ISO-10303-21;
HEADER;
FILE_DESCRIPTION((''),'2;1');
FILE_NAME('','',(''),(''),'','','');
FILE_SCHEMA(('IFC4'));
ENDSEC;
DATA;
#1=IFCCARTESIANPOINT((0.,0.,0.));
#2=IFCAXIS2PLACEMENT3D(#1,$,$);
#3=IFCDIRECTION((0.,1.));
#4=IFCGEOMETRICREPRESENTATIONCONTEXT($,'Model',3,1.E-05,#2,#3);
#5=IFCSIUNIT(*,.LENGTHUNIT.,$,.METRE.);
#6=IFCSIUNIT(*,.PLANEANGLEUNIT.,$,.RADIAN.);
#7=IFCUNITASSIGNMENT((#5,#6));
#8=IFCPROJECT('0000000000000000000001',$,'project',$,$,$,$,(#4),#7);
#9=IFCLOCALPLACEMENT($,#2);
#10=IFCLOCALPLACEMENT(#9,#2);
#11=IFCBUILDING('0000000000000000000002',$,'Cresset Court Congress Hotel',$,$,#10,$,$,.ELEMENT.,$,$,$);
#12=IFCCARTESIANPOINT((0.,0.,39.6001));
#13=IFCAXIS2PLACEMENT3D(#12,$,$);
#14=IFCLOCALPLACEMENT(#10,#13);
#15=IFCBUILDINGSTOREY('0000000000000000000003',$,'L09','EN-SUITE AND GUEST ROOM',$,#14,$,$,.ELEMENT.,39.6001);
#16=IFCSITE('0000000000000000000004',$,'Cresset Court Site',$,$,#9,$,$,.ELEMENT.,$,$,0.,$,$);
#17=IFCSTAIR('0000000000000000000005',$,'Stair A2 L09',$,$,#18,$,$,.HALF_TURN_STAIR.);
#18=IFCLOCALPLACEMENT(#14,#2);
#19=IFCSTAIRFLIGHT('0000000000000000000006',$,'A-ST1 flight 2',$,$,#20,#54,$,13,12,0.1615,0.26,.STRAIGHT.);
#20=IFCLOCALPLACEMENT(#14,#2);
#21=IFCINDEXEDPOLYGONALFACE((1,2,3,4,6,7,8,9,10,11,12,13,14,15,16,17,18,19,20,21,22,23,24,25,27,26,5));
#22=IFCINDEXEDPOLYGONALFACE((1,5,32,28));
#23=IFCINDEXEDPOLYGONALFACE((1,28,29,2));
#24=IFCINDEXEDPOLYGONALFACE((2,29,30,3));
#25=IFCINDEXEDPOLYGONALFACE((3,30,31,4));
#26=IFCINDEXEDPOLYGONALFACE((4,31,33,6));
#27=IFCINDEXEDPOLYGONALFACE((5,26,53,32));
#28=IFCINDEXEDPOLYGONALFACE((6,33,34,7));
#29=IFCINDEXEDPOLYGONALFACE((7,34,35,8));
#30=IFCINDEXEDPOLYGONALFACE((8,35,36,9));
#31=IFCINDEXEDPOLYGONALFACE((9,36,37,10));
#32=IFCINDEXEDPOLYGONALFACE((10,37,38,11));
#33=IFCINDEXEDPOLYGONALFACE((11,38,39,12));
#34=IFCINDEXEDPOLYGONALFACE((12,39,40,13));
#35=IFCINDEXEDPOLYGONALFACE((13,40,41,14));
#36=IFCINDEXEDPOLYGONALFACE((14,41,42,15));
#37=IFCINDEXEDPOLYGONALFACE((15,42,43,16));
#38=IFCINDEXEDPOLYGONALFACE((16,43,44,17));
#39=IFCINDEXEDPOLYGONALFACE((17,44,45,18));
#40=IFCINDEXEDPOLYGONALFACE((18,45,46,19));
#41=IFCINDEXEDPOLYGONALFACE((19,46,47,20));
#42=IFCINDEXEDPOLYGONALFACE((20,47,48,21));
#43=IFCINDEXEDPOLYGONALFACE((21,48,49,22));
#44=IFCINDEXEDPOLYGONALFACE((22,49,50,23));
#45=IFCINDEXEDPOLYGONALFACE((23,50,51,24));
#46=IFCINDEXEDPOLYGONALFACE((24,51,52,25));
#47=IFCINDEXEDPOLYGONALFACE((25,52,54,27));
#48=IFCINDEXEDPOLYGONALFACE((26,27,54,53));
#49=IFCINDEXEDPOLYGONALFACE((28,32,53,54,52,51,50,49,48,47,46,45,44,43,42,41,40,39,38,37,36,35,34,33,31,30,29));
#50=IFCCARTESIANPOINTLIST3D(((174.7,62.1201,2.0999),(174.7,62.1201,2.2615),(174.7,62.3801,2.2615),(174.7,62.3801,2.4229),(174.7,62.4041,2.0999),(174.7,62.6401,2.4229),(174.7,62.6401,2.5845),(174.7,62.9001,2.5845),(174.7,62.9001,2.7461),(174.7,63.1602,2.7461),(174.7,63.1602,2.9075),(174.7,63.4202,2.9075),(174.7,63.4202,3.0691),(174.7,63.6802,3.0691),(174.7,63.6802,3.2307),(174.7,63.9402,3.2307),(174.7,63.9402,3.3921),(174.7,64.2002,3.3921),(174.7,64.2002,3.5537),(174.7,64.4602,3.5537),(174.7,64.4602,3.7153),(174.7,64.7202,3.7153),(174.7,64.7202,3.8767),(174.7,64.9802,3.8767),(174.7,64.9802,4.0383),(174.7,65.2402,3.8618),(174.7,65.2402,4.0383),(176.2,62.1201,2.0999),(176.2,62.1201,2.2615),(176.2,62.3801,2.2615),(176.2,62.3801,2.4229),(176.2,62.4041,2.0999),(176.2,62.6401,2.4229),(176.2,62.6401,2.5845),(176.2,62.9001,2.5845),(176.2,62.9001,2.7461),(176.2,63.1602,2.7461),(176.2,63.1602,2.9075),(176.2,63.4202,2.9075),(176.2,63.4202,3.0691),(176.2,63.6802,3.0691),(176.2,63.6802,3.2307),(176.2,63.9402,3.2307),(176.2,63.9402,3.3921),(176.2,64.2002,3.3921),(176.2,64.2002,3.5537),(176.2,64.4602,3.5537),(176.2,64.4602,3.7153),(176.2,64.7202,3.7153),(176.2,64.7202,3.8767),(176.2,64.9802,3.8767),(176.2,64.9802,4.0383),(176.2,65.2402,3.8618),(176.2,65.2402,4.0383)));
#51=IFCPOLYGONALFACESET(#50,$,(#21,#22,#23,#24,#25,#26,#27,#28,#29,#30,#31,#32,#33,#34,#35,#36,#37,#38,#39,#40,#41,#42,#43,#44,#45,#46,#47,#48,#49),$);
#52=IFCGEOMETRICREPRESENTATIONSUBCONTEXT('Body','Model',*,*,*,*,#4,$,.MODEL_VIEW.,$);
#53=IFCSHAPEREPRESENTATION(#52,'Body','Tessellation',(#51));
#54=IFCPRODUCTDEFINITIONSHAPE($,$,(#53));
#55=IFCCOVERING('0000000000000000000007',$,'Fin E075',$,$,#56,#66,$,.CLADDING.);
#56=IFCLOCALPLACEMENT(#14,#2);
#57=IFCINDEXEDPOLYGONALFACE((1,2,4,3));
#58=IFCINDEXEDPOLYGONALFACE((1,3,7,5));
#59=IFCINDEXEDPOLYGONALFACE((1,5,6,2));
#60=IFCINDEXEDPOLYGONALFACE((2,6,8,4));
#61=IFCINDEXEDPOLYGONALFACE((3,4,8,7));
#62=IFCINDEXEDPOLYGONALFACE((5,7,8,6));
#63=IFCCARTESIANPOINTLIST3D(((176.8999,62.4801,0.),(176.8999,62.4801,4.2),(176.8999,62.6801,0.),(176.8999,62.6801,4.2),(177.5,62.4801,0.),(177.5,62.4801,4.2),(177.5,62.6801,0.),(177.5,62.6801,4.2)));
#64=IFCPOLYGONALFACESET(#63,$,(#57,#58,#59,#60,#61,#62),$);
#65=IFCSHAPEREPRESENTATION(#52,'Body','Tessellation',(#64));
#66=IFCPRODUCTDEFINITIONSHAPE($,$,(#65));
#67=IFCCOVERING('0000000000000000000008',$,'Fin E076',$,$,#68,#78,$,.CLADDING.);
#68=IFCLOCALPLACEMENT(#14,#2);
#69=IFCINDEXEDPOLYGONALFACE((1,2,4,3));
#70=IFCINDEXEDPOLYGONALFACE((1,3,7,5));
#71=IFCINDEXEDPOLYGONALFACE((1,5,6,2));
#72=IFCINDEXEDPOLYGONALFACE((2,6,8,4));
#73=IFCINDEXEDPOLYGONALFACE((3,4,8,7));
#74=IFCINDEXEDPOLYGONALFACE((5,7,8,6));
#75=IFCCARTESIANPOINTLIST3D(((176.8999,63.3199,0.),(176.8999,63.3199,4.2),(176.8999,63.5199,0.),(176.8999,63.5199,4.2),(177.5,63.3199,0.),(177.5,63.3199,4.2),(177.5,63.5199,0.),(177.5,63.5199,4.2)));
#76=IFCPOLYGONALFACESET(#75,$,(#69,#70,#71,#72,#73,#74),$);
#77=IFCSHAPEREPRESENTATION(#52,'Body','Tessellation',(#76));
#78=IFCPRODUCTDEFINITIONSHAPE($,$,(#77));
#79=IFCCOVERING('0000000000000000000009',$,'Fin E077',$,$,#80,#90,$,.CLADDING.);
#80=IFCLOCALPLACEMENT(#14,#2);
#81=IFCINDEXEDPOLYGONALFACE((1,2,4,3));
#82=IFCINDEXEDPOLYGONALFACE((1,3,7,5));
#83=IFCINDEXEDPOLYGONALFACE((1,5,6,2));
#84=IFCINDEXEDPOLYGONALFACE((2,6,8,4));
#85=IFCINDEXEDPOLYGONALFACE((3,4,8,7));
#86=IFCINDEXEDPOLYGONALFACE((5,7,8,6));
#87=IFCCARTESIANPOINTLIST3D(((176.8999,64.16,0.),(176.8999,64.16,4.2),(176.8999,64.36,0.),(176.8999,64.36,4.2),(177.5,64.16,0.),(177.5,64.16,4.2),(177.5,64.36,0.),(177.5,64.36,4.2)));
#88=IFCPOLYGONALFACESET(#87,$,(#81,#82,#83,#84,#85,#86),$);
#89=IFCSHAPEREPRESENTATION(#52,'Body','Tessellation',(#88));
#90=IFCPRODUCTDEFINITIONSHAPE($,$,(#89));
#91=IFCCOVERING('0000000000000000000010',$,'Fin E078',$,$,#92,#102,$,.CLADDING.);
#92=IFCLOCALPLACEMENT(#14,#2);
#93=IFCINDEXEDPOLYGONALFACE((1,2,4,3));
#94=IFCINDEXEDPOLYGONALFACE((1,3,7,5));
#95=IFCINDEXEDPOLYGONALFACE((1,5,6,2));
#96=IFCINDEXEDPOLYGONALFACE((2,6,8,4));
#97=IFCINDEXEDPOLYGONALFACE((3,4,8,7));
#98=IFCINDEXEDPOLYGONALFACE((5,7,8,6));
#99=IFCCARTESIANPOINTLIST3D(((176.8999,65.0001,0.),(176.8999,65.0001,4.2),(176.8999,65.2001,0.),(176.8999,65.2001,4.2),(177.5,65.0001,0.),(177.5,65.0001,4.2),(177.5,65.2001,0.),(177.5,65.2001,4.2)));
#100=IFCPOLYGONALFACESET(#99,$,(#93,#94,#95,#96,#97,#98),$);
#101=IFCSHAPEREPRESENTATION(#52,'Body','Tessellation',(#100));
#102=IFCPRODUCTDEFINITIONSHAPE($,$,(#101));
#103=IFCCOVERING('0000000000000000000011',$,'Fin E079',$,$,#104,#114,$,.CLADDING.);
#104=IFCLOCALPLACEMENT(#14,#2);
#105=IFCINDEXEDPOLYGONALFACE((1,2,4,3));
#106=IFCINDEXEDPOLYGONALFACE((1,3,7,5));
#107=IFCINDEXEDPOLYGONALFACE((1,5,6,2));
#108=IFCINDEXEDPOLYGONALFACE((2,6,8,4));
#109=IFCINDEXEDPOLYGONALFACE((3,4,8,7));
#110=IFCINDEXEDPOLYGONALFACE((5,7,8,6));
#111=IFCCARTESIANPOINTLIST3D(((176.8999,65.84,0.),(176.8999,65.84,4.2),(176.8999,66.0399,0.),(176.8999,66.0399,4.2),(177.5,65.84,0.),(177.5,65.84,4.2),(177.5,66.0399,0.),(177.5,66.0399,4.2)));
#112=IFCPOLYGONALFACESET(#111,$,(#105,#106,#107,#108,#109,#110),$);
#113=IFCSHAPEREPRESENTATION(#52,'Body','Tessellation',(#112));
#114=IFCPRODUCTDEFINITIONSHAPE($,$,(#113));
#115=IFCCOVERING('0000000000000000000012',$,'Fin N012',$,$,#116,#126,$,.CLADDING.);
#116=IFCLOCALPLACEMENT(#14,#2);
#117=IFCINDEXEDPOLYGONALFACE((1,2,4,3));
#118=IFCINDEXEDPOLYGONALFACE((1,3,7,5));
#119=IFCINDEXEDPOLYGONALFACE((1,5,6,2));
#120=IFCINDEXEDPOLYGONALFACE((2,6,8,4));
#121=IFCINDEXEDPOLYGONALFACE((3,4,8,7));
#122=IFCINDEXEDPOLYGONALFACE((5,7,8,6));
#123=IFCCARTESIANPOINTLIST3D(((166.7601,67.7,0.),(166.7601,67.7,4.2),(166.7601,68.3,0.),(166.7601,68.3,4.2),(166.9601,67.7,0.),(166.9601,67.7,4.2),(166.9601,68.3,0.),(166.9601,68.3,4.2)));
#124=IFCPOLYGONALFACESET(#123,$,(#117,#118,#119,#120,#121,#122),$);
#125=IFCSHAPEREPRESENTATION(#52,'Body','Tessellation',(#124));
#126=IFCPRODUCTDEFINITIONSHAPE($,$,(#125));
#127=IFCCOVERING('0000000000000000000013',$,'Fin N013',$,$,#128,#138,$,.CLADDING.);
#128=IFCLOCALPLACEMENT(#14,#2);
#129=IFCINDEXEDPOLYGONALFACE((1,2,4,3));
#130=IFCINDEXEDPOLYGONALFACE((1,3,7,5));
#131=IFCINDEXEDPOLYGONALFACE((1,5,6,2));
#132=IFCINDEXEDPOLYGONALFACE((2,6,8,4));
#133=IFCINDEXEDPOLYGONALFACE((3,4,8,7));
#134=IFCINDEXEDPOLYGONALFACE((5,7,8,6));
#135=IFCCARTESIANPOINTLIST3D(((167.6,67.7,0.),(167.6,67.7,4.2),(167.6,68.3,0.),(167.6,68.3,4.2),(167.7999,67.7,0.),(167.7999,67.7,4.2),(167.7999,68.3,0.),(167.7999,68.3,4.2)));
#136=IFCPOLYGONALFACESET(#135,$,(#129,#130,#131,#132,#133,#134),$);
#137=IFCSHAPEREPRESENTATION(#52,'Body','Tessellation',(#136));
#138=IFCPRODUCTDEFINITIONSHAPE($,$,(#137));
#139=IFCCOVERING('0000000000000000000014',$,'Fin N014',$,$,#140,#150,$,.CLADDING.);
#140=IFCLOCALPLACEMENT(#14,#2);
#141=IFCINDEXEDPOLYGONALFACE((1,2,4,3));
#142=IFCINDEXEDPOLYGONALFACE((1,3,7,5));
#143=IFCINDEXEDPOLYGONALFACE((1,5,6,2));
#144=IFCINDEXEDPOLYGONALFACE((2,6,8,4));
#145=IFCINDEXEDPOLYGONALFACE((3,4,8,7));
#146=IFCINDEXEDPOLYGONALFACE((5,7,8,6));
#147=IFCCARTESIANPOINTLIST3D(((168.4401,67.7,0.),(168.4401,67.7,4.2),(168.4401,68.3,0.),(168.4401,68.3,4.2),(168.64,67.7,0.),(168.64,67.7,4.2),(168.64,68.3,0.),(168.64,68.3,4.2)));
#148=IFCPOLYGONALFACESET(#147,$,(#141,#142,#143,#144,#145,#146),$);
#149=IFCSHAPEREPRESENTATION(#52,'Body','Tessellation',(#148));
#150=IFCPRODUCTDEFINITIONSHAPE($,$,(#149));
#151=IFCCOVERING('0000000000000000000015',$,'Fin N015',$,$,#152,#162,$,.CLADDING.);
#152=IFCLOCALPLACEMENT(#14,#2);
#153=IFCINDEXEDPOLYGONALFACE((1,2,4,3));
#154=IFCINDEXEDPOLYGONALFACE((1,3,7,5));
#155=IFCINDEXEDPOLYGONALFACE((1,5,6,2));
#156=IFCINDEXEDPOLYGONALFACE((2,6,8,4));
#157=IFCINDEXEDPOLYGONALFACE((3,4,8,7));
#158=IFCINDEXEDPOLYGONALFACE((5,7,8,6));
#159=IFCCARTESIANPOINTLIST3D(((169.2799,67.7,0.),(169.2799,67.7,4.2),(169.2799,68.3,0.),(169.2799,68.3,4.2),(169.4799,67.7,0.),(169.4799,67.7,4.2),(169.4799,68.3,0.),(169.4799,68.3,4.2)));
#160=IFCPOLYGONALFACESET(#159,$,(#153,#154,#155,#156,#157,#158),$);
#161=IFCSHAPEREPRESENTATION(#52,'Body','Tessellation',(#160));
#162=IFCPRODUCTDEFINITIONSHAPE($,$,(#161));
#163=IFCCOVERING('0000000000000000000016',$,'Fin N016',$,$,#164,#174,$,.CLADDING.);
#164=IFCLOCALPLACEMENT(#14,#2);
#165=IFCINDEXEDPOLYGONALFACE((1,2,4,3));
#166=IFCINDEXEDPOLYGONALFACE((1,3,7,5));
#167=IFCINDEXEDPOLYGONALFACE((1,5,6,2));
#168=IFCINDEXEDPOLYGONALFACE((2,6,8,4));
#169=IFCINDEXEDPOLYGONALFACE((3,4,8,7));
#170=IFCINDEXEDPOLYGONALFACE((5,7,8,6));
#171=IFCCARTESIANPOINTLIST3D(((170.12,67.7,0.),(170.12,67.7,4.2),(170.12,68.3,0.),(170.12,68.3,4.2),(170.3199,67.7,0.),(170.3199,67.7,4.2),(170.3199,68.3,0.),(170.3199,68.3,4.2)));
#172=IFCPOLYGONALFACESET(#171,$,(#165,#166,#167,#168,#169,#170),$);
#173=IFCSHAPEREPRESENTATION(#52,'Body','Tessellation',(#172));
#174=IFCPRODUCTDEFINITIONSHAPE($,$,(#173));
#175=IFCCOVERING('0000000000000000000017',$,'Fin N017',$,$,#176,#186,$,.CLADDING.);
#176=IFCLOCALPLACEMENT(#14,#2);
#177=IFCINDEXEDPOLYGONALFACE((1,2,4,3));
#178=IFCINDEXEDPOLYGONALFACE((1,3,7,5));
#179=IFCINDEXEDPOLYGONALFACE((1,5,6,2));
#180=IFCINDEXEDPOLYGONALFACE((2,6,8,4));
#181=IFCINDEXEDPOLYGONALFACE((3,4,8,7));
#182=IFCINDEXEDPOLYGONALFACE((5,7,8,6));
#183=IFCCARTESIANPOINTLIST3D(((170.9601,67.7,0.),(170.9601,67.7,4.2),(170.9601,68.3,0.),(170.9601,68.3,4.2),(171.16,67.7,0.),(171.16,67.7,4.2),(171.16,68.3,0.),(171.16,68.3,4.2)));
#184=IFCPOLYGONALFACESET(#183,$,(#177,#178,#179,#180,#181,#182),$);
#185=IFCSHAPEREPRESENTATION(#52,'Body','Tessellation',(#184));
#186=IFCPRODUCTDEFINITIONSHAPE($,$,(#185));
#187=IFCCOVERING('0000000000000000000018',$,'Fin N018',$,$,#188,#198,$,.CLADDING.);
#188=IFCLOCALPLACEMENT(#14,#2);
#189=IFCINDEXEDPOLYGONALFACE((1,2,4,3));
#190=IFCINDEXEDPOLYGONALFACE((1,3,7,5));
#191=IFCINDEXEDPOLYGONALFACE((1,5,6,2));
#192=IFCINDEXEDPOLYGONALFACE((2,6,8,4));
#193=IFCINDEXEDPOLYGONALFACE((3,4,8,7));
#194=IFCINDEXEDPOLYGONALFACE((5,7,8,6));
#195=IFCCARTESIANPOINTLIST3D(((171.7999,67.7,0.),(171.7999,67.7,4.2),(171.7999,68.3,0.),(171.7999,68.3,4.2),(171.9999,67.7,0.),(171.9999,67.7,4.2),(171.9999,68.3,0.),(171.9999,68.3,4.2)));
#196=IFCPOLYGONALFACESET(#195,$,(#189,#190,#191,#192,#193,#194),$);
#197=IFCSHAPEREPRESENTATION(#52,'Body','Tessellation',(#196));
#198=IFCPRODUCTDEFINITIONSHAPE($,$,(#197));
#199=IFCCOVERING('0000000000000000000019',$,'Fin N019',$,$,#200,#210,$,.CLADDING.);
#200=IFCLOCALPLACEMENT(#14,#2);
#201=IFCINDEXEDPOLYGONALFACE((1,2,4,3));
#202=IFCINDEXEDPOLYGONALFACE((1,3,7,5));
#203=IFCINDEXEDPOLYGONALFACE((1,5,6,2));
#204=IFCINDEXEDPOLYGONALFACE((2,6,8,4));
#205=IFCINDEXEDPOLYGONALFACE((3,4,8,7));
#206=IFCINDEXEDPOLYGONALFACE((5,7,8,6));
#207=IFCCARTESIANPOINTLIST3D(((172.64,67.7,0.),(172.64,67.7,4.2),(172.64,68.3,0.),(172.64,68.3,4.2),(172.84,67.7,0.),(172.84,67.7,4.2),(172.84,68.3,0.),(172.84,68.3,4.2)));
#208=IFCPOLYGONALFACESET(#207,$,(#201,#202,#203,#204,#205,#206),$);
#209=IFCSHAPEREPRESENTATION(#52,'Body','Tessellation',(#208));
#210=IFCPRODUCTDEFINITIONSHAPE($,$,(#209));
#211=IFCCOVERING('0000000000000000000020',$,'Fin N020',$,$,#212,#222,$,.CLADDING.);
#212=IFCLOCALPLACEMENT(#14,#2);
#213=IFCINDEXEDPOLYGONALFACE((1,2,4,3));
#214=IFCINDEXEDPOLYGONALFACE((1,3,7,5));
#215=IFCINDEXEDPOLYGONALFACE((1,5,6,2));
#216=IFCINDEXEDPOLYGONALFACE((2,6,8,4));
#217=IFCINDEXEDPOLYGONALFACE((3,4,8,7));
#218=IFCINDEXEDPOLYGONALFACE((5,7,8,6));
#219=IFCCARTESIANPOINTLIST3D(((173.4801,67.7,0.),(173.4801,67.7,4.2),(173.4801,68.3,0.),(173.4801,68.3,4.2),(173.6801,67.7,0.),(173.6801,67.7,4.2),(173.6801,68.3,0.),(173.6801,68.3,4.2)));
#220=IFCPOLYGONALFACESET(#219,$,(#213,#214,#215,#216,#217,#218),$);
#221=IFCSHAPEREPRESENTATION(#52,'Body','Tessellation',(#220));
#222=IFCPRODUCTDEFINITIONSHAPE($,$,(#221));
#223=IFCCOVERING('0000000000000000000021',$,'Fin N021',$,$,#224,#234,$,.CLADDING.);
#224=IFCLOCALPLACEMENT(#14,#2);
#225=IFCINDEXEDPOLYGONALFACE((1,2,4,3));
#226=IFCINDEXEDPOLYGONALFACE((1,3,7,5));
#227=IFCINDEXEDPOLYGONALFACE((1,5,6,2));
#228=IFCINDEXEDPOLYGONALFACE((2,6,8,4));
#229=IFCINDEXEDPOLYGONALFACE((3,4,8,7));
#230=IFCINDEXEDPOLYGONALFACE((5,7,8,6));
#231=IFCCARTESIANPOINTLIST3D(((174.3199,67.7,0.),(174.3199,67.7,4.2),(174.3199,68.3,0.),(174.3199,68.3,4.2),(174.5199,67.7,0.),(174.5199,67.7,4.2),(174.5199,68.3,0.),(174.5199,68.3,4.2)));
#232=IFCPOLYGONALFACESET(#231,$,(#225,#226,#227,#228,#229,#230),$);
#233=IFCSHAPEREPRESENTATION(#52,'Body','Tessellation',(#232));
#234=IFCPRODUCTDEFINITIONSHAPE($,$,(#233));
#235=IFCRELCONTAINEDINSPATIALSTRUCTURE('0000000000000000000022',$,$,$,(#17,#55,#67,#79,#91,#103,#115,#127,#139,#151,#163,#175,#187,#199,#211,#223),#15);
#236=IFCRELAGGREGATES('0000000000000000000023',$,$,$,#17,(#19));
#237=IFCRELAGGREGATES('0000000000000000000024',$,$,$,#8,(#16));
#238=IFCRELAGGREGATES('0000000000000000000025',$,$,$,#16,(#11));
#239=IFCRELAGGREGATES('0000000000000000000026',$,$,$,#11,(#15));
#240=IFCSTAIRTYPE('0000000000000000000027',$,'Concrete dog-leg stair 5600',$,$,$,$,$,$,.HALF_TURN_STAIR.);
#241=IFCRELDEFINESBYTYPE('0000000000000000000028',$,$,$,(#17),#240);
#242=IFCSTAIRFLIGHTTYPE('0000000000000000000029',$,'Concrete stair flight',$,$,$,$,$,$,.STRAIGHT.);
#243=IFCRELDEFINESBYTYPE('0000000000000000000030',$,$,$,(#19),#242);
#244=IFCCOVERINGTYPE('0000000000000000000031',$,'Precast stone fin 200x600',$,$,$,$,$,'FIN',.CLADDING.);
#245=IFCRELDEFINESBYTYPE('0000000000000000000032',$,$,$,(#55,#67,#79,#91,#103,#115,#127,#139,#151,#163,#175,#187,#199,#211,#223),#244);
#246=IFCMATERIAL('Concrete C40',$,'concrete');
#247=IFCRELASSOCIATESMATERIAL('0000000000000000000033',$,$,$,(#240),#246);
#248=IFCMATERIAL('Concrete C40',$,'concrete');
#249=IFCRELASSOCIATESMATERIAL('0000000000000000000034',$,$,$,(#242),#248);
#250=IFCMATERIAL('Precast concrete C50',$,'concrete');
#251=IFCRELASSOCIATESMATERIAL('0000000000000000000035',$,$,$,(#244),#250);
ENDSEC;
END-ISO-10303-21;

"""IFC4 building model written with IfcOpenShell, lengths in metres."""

from ifc_helpers import new_model, si_unit, direction, frame, origin, origin_2d, place, context, subcontext, project, spatial, polyline, rectangle, outline, extrude, material, type_object, element, aggregate, save


model = new_model("IFC4")

# Units and contexts
model_context = context("Model", 3, precision=1e-05, world=origin(), true_north=direction((0.0, 1.0)))
body_context = subcontext(model_context, "Body", "Model", "MODEL_VIEW")
ifc_project = project(units=[si_unit("LENGTHUNIT", "METRE"), si_unit("PLANEANGLEUNIT", "RADIAN")], contexts=[model_context])

# Site, building, storey
site_placement = place(None, origin())
site = spatial("IfcSite", under=ifc_project, at=site_placement, Name="Cresset Court Site", CompositionType="ELEMENT", RefElevation=0.0)
building_placement = place(site_placement, origin())
building = spatial("IfcBuilding", under=site, at=building_placement, Name="Cresset Court Congress Hotel", CompositionType="ELEMENT")
storey_placement = place(building_placement, frame((0.0, 0.0, 39.6001)))
storey = spatial("IfcBuildingStorey", under=building, at=storey_placement, Name="L09", Description="EN-SUITE AND GUEST ROOM", CompositionType="ELEMENT", Elevation=39.6001)

# Stair, stair flight
ifc_material_1 = material(Name="Concrete C40", Category="concrete")
stair_type = type_object("IfcStairType", Name="Concrete dog-leg stair 5600", PredefinedType="HALF_TURN_STAIR", material=ifc_material_1)
stair_placement = place(storey_placement, origin())
stair = element("IfcStair", 1, at=stair_placement, inside=storey, type_object=stair_type, Name="Stair A2 L09", PredefinedType="HALF_TURN_STAIR")
ifc_material_2 = material(Name="Concrete C40", Category="concrete")
stair_flight_type = type_object("IfcStairFlightType", Name="Concrete stair flight", PredefinedType="STRAIGHT", material=ifc_material_2)
stair_flight_1_placement = place(storey_placement, frame((175.45, 62.1201, 2.0999), z_axis=(0.0, 0.0, 1.0), x_axis=(0.0, 1.0, 0.0)))
stair_flight_1 = element("IfcStairFlight", 2, at=stair_flight_1_placement, type_object=stair_flight_type, Name="A-ST1 flight 2", NumberOfRisers=13, NumberOfTreads=12, PredefinedType="STRAIGHT", RiserHeight=0.1615, TreadLength=0.26, context=body_context, shape_type="SweptSolid", body=[
    extrude(outline(polyline([(0.0, 0.0), (0.0, 0.1616), (0.26, 0.1616), (0.26, 0.323), (0.52, 0.323), (0.52, 0.4846), (0.78, 0.4846), (0.78, 0.6462), (1.04, 0.6462), (1.04, 0.8076), (1.3, 0.8076), (1.3, 0.9692), (1.5601, 0.9692), (1.5601, 1.1309), (1.8201, 1.1309), (1.8201, 1.2922), (2.0801, 1.2922), (2.0801, 1.4539), (2.3401, 1.4539), (2.3401, 1.6155), (2.6001, 1.6155), (2.6001, 1.7769), (2.8601, 1.7769), (2.8601, 1.9385), (3.1201, 1.9385), (3.1201, 2.1001), (3.1201, 1.762), (0.2839, 0.0), (0.0, 0.0)])), frame((0.0, 0.75, 0.0), z_axis=(0.0, -1.0, 0.0), x_axis=(1.0, 0.0, 0.0)), (0.0, 0.0, 1.0), 1.5),
])
aggregate(stair, [stair_flight_1])

# Coverings
ifc_material_3 = material(Name="Precast concrete C50", Category="concrete")
covering_type_1 = type_object("IfcCoveringType", Name="Precast stone fin 200x600", ElementType="FIN", PredefinedType="CLADDING", material=ifc_material_3)
for number, where, z_axis, x_axis, name in (
    (3, (177.2, 62.5801, 0.0), (0.0, 0.0, 1.0), (1.0, 0.0, 0.0), "Fin E075"),
    (4, (177.2, 63.4199, 0.0), (0.0, 0.0, 1.0), (1.0, 0.0, 0.0), "Fin E076"),
    (5, (177.2, 64.26, 0.0), (0.0, 0.0, 1.0), (1.0, 0.0, 0.0), "Fin E077"),
    (6, (177.2, 65.1001, 0.0), (0.0, 0.0, 1.0), (1.0, 0.0, 0.0), "Fin E078"),
    (7, (177.2, 65.9399, 0.0), (0.0, 0.0, 1.0), (1.0, 0.0, 0.0), "Fin E079"),
):
    element("IfcCovering", number, at=place(storey_placement, frame(where, z_axis=z_axis, x_axis=x_axis)), inside=storey, type_object=covering_type_1, Name=name, PredefinedType="CLADDING", context=body_context, shape_type="SweptSolid", body=[
        extrude(rectangle(XDim=0.6001, YDim=0.2, at=origin_2d()), origin(), (0.0, 0.0, 1.0), 4.2),
    ])
for number, where, z_axis, x_axis, name in (
    (8, (166.8601, 68.0, 0.0), (0.0, 0.0, 1.0), (1.0, 0.0, 0.0), "Fin N012"),
    (9, (167.7, 68.0, 0.0), (0.0, 0.0, 1.0), (1.0, 0.0, 0.0), "Fin N013"),
    (10, (168.54, 68.0, 0.0), (0.0, 0.0, 1.0), (1.0, 0.0, 0.0), "Fin N014"),
    (11, (169.3799, 68.0, 0.0), (0.0, 0.0, 1.0), (1.0, 0.0, 0.0), "Fin N015"),
    (12, (170.22, 68.0, 0.0), (0.0, 0.0, 1.0), (1.0, 0.0, 0.0), "Fin N016"),
    (13, (171.0601, 68.0, 0.0), (0.0, 0.0, 1.0), (1.0, 0.0, 0.0), "Fin N017"),
    (14, (171.8999, 68.0, 0.0), (0.0, 0.0, 1.0), (1.0, 0.0, 0.0), "Fin N018"),
    (15, (172.74, 68.0, 0.0), (0.0, 0.0, 1.0), (1.0, 0.0, 0.0), "Fin N019"),
    (16, (173.5801, 68.0, 0.0), (0.0, 0.0, 1.0), (1.0, 0.0, 0.0), "Fin N020"),
    (17, (174.4199, 68.0, 0.0), (0.0, 0.0, 1.0), (1.0, 0.0, 0.0), "Fin N021"),
):
    element("IfcCovering", number, at=place(storey_placement, frame(where, z_axis=z_axis, x_axis=x_axis)), inside=storey, type_object=covering_type_1, Name=name, PredefinedType="CLADDING", context=body_context, shape_type="SweptSolid", body=[
        extrude(rectangle(XDim=0.2, YDim=0.6001, at=origin_2d()), origin(), (0.0, 0.0, 1.0), 4.2),
    ])

save(model, "model.ifc")
